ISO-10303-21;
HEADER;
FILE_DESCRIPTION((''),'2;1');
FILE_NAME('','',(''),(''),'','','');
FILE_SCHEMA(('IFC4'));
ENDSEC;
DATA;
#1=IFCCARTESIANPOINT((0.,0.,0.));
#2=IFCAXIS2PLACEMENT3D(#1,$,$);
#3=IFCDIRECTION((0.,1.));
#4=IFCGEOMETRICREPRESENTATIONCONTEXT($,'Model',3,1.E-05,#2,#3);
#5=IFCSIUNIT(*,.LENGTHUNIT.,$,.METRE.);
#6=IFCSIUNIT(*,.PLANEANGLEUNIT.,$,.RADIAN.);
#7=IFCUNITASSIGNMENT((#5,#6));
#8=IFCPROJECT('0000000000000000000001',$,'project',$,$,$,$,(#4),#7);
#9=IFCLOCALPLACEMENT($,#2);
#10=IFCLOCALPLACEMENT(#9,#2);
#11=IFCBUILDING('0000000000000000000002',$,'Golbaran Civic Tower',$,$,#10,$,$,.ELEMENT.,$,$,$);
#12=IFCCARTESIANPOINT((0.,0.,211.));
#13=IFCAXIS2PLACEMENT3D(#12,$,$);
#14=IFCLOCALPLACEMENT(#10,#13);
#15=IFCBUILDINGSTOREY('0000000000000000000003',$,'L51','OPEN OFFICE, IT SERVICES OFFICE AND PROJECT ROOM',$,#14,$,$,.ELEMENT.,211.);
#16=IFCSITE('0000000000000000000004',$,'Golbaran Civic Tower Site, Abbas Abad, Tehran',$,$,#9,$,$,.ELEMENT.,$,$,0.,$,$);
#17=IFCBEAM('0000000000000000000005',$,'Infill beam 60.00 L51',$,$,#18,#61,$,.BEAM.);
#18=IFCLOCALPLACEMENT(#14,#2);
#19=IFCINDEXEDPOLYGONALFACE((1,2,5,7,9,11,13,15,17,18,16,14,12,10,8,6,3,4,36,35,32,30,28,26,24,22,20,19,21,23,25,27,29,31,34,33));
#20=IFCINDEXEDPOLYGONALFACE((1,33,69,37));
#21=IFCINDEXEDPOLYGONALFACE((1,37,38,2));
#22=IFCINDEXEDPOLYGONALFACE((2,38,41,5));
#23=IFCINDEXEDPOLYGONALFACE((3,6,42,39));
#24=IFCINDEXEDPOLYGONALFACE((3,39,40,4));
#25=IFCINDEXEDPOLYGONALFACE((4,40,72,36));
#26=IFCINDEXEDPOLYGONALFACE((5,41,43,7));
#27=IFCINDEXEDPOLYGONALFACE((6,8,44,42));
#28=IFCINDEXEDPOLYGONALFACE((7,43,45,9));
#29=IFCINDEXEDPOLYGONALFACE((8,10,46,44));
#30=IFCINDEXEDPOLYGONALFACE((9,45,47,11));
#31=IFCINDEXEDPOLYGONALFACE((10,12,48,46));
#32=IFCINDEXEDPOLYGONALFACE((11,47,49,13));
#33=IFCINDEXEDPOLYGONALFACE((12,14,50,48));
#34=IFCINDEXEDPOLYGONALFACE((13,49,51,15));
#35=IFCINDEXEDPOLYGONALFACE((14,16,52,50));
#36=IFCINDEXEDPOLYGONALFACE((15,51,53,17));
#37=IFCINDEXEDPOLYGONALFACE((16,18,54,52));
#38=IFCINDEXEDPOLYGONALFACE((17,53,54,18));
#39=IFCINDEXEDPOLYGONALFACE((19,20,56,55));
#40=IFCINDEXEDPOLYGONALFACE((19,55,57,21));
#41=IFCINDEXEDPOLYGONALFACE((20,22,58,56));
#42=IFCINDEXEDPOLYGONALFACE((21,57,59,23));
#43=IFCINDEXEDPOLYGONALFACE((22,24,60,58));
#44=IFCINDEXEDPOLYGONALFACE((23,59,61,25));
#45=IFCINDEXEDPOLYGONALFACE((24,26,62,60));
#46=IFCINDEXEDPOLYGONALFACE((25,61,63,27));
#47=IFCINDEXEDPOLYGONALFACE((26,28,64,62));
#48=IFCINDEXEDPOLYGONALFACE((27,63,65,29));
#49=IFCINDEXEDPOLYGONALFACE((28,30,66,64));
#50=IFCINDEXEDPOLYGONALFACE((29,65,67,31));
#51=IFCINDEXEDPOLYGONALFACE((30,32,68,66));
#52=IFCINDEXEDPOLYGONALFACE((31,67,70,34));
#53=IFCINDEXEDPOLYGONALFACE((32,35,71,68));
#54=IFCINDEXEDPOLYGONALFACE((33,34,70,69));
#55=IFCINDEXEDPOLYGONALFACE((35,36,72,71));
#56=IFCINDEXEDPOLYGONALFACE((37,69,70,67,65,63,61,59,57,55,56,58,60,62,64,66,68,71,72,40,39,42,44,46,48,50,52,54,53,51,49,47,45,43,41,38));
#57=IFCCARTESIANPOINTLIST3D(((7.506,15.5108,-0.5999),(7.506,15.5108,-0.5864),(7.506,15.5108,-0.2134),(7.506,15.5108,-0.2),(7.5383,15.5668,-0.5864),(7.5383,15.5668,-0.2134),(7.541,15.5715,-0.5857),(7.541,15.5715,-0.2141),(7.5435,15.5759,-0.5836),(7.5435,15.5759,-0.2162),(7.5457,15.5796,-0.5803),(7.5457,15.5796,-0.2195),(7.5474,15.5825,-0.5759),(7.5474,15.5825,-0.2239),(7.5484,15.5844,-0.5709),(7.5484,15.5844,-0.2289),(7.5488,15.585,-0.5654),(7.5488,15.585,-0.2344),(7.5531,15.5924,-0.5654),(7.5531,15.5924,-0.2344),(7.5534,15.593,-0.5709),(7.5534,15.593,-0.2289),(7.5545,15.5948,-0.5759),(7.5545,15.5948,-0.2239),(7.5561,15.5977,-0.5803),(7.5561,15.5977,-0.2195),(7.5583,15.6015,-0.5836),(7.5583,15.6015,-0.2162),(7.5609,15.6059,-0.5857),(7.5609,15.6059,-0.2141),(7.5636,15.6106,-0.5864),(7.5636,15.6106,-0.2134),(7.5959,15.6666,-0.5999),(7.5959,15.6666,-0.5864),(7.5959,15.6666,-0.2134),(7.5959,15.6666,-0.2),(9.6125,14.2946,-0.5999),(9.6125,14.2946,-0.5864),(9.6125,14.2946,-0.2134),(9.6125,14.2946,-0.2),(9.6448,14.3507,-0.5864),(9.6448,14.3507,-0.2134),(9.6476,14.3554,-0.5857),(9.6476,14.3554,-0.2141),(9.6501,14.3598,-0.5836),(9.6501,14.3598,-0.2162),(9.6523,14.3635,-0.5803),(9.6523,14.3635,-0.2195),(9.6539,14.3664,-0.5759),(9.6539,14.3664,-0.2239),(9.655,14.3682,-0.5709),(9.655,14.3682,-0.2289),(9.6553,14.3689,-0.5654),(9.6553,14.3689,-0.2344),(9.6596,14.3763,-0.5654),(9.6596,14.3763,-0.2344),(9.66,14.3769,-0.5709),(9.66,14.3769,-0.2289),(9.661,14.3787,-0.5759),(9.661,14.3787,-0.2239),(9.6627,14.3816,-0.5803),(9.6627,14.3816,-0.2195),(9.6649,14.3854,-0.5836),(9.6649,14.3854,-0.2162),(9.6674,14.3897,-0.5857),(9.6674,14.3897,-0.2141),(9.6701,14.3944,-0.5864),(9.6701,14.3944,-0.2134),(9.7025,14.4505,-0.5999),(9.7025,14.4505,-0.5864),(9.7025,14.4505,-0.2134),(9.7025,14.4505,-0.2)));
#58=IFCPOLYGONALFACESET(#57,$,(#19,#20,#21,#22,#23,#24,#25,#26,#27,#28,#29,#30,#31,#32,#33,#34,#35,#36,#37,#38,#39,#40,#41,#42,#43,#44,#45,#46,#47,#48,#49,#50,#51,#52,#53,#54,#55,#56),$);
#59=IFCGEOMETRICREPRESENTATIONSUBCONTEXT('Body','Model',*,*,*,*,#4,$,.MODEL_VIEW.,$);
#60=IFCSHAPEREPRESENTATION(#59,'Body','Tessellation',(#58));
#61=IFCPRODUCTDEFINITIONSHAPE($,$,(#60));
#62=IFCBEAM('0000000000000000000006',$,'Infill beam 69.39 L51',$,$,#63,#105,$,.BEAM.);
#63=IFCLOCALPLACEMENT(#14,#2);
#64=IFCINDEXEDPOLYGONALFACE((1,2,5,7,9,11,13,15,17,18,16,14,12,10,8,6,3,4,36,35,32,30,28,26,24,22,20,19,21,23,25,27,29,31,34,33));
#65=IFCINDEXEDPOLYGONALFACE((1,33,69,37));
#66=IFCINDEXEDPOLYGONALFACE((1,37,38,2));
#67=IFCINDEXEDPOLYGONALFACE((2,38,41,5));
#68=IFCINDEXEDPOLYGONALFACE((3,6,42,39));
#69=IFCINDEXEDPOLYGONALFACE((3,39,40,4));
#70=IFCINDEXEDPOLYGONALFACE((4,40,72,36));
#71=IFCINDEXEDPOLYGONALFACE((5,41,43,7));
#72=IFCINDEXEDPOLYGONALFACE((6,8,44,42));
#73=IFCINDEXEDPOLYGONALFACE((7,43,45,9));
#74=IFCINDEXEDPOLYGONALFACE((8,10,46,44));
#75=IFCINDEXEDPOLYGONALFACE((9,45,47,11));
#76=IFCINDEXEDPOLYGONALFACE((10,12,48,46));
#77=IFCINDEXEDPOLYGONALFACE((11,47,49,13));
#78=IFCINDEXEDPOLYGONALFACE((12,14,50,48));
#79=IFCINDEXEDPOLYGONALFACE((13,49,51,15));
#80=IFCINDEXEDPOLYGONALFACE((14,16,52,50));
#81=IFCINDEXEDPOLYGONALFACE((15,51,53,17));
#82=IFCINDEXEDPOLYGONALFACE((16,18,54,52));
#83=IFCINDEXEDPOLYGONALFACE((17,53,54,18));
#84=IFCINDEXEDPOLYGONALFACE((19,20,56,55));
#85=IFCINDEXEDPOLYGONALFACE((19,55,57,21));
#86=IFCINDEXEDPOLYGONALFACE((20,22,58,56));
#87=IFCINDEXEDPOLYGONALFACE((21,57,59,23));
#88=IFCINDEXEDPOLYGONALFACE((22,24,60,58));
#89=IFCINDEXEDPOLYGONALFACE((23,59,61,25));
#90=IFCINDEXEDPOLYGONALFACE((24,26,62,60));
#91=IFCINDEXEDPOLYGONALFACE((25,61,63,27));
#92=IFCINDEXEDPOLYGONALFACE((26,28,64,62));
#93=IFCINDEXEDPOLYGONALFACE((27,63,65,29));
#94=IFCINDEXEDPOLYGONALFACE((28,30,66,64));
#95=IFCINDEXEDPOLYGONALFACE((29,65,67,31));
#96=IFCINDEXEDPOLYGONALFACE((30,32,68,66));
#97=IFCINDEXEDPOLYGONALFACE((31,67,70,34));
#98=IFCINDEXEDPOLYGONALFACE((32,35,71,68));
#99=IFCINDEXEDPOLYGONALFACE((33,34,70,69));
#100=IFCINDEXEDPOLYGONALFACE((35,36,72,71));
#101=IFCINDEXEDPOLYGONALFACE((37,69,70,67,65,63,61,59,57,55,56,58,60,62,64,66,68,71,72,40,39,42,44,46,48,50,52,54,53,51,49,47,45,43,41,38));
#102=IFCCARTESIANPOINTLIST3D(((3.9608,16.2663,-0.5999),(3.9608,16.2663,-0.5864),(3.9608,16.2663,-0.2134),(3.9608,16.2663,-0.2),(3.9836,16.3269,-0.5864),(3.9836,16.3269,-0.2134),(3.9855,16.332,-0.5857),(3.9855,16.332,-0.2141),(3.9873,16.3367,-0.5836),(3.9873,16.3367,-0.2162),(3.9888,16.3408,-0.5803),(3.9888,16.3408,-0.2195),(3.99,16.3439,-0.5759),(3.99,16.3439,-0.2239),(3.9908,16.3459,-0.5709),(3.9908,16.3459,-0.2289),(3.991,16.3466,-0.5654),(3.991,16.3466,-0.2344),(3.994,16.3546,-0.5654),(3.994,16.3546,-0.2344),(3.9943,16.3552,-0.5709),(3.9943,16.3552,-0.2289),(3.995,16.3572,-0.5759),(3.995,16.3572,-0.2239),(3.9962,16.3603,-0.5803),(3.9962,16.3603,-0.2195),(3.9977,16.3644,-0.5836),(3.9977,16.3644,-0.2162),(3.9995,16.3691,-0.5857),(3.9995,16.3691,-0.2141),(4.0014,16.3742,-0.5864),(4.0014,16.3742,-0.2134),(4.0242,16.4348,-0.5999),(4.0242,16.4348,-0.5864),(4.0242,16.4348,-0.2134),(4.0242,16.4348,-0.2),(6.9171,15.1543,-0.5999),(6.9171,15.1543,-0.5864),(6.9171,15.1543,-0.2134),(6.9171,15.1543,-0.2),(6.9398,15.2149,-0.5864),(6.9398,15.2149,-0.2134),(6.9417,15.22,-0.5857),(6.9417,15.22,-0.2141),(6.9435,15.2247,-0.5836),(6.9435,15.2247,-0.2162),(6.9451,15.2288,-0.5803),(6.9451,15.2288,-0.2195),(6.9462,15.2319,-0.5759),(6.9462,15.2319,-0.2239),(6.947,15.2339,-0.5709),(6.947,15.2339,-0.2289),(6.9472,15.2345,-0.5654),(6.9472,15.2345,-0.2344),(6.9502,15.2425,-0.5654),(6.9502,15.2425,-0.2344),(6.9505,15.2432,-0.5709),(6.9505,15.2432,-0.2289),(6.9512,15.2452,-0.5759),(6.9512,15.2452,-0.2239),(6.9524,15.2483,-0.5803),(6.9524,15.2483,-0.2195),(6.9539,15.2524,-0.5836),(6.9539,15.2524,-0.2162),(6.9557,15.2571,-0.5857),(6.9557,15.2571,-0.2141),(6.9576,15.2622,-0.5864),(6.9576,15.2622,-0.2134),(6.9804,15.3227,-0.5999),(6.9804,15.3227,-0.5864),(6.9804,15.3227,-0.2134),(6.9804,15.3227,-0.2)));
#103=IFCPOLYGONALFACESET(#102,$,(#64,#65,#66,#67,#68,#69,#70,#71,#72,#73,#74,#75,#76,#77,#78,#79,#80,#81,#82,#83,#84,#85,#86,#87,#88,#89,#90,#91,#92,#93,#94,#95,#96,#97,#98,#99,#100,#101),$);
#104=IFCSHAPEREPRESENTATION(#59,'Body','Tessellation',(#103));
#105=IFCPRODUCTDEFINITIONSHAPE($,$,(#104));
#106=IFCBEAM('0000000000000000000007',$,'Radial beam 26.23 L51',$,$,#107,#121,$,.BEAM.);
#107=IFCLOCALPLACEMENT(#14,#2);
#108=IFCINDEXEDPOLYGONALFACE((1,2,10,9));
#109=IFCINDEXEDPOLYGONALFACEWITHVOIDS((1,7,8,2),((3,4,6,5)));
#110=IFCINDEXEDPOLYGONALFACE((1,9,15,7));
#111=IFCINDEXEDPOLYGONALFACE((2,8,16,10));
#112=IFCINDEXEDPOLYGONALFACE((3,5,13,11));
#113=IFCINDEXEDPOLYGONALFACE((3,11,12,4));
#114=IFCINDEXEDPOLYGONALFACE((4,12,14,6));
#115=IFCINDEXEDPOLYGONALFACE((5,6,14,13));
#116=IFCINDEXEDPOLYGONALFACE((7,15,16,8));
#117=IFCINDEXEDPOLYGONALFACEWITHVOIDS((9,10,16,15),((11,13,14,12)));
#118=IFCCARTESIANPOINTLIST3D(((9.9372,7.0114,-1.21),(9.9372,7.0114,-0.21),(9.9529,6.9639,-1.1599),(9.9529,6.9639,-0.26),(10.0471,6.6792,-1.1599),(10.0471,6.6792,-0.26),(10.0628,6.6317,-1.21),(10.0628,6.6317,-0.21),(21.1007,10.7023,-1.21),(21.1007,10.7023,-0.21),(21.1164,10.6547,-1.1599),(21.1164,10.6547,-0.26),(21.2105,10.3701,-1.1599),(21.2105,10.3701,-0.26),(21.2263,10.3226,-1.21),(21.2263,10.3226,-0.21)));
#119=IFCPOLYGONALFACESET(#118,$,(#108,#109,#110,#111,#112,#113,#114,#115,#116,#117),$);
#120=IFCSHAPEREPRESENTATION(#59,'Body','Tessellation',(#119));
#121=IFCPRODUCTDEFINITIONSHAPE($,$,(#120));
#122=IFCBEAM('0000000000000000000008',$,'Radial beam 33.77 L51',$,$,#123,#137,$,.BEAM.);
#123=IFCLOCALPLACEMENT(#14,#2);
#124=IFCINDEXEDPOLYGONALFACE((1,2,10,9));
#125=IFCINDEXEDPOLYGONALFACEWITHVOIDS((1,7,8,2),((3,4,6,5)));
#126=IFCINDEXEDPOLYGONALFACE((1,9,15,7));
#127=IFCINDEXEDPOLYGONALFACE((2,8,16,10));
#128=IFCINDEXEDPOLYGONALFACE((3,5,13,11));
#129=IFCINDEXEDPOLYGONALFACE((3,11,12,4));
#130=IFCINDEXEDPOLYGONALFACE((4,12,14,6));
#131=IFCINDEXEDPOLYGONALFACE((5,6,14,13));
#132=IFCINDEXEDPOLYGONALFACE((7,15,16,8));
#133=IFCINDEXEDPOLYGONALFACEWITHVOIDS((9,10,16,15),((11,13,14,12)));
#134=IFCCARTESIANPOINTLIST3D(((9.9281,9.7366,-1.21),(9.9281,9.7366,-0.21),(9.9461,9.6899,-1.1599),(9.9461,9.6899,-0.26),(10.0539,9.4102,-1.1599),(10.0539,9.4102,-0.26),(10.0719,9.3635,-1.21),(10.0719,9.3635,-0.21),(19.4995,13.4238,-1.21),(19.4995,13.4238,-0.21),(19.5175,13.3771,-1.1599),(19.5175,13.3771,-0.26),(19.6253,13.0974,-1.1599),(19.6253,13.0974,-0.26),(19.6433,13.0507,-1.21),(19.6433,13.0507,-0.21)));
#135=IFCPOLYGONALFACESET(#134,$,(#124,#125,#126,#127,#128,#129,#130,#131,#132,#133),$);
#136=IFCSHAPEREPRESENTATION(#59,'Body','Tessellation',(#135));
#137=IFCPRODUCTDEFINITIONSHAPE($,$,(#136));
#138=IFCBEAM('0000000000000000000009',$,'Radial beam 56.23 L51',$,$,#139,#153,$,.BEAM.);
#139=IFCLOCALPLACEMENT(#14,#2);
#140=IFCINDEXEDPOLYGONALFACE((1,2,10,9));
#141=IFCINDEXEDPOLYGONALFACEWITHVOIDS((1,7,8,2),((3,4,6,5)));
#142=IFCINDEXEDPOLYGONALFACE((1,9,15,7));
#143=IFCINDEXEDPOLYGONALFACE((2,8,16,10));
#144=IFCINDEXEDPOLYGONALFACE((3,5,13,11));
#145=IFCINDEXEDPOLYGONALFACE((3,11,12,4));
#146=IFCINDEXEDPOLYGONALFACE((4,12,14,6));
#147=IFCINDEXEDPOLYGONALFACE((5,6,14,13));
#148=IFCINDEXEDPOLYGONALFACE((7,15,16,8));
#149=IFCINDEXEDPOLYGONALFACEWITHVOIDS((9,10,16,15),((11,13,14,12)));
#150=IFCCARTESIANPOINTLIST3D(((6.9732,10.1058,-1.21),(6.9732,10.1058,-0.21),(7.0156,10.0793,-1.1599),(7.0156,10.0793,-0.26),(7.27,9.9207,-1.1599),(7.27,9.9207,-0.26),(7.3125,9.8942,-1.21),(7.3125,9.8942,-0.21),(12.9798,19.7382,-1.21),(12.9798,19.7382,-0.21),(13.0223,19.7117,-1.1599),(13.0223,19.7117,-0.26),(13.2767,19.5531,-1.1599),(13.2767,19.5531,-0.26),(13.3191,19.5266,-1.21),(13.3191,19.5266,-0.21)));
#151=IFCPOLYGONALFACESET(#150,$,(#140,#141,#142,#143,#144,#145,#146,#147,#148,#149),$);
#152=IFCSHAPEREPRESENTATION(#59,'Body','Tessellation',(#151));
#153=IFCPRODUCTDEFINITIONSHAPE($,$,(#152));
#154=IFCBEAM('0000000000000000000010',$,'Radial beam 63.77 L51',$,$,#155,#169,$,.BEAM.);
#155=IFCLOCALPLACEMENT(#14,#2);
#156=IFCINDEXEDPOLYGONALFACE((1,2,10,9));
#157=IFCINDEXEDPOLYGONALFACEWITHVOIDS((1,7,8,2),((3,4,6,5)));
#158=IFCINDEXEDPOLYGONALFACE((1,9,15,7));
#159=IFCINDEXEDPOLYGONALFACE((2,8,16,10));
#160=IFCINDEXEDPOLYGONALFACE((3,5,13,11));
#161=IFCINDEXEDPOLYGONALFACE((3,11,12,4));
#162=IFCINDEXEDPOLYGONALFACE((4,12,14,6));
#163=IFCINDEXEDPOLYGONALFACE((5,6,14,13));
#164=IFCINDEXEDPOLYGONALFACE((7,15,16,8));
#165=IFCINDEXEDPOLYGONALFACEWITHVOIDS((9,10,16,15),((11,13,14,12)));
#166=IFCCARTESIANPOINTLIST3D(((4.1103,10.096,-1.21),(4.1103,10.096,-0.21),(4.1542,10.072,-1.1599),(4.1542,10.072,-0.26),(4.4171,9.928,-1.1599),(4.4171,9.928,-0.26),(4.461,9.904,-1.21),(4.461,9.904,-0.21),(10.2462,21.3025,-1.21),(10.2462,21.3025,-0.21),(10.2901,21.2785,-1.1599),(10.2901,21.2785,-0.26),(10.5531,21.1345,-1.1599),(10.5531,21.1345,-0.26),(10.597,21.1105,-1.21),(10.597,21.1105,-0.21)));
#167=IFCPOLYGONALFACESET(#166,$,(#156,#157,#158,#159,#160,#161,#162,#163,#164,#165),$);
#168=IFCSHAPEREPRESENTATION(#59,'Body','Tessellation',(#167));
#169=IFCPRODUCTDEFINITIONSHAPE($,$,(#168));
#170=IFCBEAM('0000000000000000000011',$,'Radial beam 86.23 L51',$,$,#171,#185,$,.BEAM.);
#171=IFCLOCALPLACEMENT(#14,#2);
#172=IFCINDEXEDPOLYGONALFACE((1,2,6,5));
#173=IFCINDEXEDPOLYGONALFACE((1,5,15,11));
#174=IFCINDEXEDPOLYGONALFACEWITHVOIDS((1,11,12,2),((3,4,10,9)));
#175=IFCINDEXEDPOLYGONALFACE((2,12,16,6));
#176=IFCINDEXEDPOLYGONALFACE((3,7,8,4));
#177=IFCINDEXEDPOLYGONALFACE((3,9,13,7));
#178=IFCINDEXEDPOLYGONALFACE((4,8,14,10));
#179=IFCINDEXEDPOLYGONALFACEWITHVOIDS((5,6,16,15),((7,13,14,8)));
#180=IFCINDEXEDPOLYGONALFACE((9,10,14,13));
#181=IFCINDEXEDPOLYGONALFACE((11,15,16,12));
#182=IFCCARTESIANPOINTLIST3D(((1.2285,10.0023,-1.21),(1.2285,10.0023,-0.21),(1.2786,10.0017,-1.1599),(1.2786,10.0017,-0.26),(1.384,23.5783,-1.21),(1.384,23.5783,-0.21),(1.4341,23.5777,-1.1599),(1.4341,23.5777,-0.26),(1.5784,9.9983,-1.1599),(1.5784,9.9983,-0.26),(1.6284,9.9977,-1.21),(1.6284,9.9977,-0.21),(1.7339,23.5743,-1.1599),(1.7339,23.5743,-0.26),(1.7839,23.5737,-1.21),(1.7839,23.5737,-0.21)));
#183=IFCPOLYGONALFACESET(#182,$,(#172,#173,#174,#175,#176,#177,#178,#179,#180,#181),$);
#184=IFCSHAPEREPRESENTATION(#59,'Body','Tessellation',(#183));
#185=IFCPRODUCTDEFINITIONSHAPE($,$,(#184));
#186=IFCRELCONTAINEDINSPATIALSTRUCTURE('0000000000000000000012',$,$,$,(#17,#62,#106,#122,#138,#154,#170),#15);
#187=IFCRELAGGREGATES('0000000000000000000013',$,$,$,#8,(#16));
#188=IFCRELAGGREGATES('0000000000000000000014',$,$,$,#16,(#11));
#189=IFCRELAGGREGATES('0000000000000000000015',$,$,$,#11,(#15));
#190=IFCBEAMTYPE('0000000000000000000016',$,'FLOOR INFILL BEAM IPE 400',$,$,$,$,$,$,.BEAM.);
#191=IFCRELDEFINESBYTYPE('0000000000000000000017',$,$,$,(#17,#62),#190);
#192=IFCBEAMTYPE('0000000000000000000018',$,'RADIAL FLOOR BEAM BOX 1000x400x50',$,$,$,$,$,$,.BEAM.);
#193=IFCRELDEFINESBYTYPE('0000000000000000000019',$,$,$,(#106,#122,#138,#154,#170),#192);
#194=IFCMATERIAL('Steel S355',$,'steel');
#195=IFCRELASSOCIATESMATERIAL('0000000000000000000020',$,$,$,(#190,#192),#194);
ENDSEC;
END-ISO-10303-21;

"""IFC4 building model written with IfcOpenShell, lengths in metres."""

from ifc_helpers import new_model, si_unit, direction, frame, origin, origin_2d, place, context, subcontext, project, spatial, hollow_rectangle, i_section, extrude, material, material_profile, profile_set, type_object, element, save


model = new_model("IFC4")

# Units and contexts
model_context = context("Model", 3, precision=1e-05, world=origin(), true_north=direction((0.0, 1.0)))
body_context = subcontext(model_context, "Body", "Model", "MODEL_VIEW")
ifc_project = project(units=[si_unit("LENGTHUNIT", "METRE"), si_unit("PLANEANGLEUNIT", "RADIAN")], contexts=[model_context])

# Site, building, storey
site_placement = place(None, origin())
site = spatial("IfcSite", under=ifc_project, at=site_placement, Name="Golbaran Civic Tower Site, Abbas Abad, Tehran", CompositionType="ELEMENT", RefElevation=0.0)
building_placement = place(site_placement, origin())
building = spatial("IfcBuilding", under=site, at=building_placement, Name="Golbaran Civic Tower", CompositionType="ELEMENT")
storey_placement = place(building_placement, frame((0.0, 0.0, 211.0)))
storey = spatial("IfcBuildingStorey", under=building, at=storey_placement, Name="L51", Description="OPEN OFFICE, IT SERVICES OFFICE AND PROJECT ROOM", CompositionType="ELEMENT", Elevation=211.0)

# Beams
ifc_material_1 = material(Name="Steel S355", Category="steel")
ifc_material_profile_1 = material_profile(ifc_material_1, i_section(OverallWidth=0.1799, OverallDepth=0.3999, WebThickness=0.0085, FlangeThickness=0.0134, FilletRadius=0.021, at=origin_2d()), Name="IPE 400")
ifc_profile_set_1 = profile_set([ifc_material_profile_1], Name="Steel S355")
beam_type_1 = type_object("IfcBeamType", Name="FLOOR INFILL BEAM IPE 400", PredefinedType="BEAM", material=ifc_profile_set_1)
beam_1_placement = place(storey_placement, frame((9.6575, 14.3726, -0.3999), z_axis=(-0.866042, 0.499972, 0.0), x_axis=(-0.499972, -0.866042, 0.0)))
element("IfcBeam", 1, at=beam_1_placement, inside=storey, type_object=beam_type_1, Name="Infill beam 60.00 L51", PredefinedType="BEAM", context=body_context, shape_type="SweptSolid", body=[
    extrude(i_section(OverallWidth=0.1799, OverallDepth=0.3999, WebThickness=0.0085, FlangeThickness=0.0134, FilletRadius=0.021, at=origin_2d()), origin(), (0.0, 0.0, 1.0), 2.4324),
])
beam_2_placement = place(storey_placement, frame((6.9487, 15.2385, -0.3999), z_axis=(-0.93597, 0.35208, 0.0), x_axis=(-0.35208, -0.93597, 0.0)))
element("IfcBeam", 2, at=beam_2_placement, inside=storey, type_object=beam_type_1, Name="Infill beam 69.39 L51", PredefinedType="BEAM", context=body_context, shape_type="SweptSolid", body=[
    extrude(i_section(OverallWidth=0.1799, OverallDepth=0.3999, WebThickness=0.0085, FlangeThickness=0.0134, FilletRadius=0.021, at=origin_2d()), origin(), (0.0, 0.0, 1.0), 3.1584),
])
ifc_material_profile_2 = material_profile(ifc_material_1, hollow_rectangle(XDim=0.3999, YDim=1.0, WallThickness=0.05, at=origin_2d()), Name="BOX 1000x400x50")
ifc_profile_set_2 = profile_set([ifc_material_profile_2], Name="Steel S355")
beam_type_2 = type_object("IfcBeamType", Name="RADIAL FLOOR BEAM BOX 1000x400x50", PredefinedType="BEAM", material=ifc_profile_set_2)
beam_3_placement = place(storey_placement, frame((10.0, 6.8215, -0.71), z_axis=(0.949453, 0.31391, 0.0), x_axis=(-0.31391, 0.949453, 0.0)))
element("IfcBeam", 3, at=beam_3_placement, inside=storey, type_object=beam_type_2, Name="Radial beam 26.23 L51", PredefinedType="BEAM", context=body_context, shape_type="SweptSolid", body=[
    extrude(hollow_rectangle(XDim=0.3999, YDim=1.0, WallThickness=0.05, at=origin_2d()), origin(), (0.0, 0.0, 1.0), 11.7578),
])
beam_4_placement = place(storey_placement, frame((10.0, 9.55, -0.71), z_axis=(0.933153, 0.35948, 0.0), x_axis=(-0.35948, 0.933153, 0.0)))
element("IfcBeam", 4, at=beam_4_placement, inside=storey, type_object=beam_type_2, Name="Radial beam 33.77 L51", PredefinedType="BEAM", context=body_context, shape_type="SweptSolid", body=[
    extrude(hollow_rectangle(XDim=0.3999, YDim=1.0, WallThickness=0.05, at=origin_2d()), origin(), (0.0, 0.0, 1.0), 10.2571),
])
beam_5_placement = place(storey_placement, frame((7.1428, 10.0, -0.71), z_axis=(0.529136, 0.848537, 0.0), x_axis=(-0.848537, 0.529136, 0.0)))
element("IfcBeam", 5, at=beam_5_placement, inside=storey, type_object=beam_type_2, Name="Radial beam 56.23 L51", PredefinedType="BEAM", context=body_context, shape_type="SweptSolid", body=[
    extrude(hollow_rectangle(XDim=0.3999, YDim=1.0, WallThickness=0.05, at=origin_2d()), origin(), (0.0, 0.0, 1.0), 11.3518),
])
beam_6_placement = place(storey_placement, frame((4.2856, 10.0, -0.71), z_axis=(0.480259, 0.877127, 0.0), x_axis=(-0.877127, 0.480259, 0.0)))
element("IfcBeam", 6, at=beam_6_placement, inside=storey, type_object=beam_type_2, Name="Radial beam 63.77 L51", PredefinedType="BEAM", context=body_context, shape_type="SweptSolid", body=[
    extrude(hollow_rectangle(XDim=0.3999, YDim=1.0, WallThickness=0.05, at=origin_2d()), origin(), (0.0, 0.0, 1.0), 12.7764),
])
beam_7_placement = place(storey_placement, frame((1.4285, 10.0, -0.71), z_axis=(0.011455, 0.999934, 0.0), x_axis=(-0.999934, 0.011455, 0.0)))
element("IfcBeam", 7, at=beam_7_placement, inside=storey, type_object=beam_type_2, Name="Radial beam 86.23 L51", PredefinedType="BEAM", context=body_context, shape_type="SweptSolid", body=[
    extrude(hollow_rectangle(XDim=0.3999, YDim=1.0, WallThickness=0.05, at=origin_2d()), origin(), (0.0, 0.0, 1.0), 13.5769),
])

save(model, "model.ifc")
